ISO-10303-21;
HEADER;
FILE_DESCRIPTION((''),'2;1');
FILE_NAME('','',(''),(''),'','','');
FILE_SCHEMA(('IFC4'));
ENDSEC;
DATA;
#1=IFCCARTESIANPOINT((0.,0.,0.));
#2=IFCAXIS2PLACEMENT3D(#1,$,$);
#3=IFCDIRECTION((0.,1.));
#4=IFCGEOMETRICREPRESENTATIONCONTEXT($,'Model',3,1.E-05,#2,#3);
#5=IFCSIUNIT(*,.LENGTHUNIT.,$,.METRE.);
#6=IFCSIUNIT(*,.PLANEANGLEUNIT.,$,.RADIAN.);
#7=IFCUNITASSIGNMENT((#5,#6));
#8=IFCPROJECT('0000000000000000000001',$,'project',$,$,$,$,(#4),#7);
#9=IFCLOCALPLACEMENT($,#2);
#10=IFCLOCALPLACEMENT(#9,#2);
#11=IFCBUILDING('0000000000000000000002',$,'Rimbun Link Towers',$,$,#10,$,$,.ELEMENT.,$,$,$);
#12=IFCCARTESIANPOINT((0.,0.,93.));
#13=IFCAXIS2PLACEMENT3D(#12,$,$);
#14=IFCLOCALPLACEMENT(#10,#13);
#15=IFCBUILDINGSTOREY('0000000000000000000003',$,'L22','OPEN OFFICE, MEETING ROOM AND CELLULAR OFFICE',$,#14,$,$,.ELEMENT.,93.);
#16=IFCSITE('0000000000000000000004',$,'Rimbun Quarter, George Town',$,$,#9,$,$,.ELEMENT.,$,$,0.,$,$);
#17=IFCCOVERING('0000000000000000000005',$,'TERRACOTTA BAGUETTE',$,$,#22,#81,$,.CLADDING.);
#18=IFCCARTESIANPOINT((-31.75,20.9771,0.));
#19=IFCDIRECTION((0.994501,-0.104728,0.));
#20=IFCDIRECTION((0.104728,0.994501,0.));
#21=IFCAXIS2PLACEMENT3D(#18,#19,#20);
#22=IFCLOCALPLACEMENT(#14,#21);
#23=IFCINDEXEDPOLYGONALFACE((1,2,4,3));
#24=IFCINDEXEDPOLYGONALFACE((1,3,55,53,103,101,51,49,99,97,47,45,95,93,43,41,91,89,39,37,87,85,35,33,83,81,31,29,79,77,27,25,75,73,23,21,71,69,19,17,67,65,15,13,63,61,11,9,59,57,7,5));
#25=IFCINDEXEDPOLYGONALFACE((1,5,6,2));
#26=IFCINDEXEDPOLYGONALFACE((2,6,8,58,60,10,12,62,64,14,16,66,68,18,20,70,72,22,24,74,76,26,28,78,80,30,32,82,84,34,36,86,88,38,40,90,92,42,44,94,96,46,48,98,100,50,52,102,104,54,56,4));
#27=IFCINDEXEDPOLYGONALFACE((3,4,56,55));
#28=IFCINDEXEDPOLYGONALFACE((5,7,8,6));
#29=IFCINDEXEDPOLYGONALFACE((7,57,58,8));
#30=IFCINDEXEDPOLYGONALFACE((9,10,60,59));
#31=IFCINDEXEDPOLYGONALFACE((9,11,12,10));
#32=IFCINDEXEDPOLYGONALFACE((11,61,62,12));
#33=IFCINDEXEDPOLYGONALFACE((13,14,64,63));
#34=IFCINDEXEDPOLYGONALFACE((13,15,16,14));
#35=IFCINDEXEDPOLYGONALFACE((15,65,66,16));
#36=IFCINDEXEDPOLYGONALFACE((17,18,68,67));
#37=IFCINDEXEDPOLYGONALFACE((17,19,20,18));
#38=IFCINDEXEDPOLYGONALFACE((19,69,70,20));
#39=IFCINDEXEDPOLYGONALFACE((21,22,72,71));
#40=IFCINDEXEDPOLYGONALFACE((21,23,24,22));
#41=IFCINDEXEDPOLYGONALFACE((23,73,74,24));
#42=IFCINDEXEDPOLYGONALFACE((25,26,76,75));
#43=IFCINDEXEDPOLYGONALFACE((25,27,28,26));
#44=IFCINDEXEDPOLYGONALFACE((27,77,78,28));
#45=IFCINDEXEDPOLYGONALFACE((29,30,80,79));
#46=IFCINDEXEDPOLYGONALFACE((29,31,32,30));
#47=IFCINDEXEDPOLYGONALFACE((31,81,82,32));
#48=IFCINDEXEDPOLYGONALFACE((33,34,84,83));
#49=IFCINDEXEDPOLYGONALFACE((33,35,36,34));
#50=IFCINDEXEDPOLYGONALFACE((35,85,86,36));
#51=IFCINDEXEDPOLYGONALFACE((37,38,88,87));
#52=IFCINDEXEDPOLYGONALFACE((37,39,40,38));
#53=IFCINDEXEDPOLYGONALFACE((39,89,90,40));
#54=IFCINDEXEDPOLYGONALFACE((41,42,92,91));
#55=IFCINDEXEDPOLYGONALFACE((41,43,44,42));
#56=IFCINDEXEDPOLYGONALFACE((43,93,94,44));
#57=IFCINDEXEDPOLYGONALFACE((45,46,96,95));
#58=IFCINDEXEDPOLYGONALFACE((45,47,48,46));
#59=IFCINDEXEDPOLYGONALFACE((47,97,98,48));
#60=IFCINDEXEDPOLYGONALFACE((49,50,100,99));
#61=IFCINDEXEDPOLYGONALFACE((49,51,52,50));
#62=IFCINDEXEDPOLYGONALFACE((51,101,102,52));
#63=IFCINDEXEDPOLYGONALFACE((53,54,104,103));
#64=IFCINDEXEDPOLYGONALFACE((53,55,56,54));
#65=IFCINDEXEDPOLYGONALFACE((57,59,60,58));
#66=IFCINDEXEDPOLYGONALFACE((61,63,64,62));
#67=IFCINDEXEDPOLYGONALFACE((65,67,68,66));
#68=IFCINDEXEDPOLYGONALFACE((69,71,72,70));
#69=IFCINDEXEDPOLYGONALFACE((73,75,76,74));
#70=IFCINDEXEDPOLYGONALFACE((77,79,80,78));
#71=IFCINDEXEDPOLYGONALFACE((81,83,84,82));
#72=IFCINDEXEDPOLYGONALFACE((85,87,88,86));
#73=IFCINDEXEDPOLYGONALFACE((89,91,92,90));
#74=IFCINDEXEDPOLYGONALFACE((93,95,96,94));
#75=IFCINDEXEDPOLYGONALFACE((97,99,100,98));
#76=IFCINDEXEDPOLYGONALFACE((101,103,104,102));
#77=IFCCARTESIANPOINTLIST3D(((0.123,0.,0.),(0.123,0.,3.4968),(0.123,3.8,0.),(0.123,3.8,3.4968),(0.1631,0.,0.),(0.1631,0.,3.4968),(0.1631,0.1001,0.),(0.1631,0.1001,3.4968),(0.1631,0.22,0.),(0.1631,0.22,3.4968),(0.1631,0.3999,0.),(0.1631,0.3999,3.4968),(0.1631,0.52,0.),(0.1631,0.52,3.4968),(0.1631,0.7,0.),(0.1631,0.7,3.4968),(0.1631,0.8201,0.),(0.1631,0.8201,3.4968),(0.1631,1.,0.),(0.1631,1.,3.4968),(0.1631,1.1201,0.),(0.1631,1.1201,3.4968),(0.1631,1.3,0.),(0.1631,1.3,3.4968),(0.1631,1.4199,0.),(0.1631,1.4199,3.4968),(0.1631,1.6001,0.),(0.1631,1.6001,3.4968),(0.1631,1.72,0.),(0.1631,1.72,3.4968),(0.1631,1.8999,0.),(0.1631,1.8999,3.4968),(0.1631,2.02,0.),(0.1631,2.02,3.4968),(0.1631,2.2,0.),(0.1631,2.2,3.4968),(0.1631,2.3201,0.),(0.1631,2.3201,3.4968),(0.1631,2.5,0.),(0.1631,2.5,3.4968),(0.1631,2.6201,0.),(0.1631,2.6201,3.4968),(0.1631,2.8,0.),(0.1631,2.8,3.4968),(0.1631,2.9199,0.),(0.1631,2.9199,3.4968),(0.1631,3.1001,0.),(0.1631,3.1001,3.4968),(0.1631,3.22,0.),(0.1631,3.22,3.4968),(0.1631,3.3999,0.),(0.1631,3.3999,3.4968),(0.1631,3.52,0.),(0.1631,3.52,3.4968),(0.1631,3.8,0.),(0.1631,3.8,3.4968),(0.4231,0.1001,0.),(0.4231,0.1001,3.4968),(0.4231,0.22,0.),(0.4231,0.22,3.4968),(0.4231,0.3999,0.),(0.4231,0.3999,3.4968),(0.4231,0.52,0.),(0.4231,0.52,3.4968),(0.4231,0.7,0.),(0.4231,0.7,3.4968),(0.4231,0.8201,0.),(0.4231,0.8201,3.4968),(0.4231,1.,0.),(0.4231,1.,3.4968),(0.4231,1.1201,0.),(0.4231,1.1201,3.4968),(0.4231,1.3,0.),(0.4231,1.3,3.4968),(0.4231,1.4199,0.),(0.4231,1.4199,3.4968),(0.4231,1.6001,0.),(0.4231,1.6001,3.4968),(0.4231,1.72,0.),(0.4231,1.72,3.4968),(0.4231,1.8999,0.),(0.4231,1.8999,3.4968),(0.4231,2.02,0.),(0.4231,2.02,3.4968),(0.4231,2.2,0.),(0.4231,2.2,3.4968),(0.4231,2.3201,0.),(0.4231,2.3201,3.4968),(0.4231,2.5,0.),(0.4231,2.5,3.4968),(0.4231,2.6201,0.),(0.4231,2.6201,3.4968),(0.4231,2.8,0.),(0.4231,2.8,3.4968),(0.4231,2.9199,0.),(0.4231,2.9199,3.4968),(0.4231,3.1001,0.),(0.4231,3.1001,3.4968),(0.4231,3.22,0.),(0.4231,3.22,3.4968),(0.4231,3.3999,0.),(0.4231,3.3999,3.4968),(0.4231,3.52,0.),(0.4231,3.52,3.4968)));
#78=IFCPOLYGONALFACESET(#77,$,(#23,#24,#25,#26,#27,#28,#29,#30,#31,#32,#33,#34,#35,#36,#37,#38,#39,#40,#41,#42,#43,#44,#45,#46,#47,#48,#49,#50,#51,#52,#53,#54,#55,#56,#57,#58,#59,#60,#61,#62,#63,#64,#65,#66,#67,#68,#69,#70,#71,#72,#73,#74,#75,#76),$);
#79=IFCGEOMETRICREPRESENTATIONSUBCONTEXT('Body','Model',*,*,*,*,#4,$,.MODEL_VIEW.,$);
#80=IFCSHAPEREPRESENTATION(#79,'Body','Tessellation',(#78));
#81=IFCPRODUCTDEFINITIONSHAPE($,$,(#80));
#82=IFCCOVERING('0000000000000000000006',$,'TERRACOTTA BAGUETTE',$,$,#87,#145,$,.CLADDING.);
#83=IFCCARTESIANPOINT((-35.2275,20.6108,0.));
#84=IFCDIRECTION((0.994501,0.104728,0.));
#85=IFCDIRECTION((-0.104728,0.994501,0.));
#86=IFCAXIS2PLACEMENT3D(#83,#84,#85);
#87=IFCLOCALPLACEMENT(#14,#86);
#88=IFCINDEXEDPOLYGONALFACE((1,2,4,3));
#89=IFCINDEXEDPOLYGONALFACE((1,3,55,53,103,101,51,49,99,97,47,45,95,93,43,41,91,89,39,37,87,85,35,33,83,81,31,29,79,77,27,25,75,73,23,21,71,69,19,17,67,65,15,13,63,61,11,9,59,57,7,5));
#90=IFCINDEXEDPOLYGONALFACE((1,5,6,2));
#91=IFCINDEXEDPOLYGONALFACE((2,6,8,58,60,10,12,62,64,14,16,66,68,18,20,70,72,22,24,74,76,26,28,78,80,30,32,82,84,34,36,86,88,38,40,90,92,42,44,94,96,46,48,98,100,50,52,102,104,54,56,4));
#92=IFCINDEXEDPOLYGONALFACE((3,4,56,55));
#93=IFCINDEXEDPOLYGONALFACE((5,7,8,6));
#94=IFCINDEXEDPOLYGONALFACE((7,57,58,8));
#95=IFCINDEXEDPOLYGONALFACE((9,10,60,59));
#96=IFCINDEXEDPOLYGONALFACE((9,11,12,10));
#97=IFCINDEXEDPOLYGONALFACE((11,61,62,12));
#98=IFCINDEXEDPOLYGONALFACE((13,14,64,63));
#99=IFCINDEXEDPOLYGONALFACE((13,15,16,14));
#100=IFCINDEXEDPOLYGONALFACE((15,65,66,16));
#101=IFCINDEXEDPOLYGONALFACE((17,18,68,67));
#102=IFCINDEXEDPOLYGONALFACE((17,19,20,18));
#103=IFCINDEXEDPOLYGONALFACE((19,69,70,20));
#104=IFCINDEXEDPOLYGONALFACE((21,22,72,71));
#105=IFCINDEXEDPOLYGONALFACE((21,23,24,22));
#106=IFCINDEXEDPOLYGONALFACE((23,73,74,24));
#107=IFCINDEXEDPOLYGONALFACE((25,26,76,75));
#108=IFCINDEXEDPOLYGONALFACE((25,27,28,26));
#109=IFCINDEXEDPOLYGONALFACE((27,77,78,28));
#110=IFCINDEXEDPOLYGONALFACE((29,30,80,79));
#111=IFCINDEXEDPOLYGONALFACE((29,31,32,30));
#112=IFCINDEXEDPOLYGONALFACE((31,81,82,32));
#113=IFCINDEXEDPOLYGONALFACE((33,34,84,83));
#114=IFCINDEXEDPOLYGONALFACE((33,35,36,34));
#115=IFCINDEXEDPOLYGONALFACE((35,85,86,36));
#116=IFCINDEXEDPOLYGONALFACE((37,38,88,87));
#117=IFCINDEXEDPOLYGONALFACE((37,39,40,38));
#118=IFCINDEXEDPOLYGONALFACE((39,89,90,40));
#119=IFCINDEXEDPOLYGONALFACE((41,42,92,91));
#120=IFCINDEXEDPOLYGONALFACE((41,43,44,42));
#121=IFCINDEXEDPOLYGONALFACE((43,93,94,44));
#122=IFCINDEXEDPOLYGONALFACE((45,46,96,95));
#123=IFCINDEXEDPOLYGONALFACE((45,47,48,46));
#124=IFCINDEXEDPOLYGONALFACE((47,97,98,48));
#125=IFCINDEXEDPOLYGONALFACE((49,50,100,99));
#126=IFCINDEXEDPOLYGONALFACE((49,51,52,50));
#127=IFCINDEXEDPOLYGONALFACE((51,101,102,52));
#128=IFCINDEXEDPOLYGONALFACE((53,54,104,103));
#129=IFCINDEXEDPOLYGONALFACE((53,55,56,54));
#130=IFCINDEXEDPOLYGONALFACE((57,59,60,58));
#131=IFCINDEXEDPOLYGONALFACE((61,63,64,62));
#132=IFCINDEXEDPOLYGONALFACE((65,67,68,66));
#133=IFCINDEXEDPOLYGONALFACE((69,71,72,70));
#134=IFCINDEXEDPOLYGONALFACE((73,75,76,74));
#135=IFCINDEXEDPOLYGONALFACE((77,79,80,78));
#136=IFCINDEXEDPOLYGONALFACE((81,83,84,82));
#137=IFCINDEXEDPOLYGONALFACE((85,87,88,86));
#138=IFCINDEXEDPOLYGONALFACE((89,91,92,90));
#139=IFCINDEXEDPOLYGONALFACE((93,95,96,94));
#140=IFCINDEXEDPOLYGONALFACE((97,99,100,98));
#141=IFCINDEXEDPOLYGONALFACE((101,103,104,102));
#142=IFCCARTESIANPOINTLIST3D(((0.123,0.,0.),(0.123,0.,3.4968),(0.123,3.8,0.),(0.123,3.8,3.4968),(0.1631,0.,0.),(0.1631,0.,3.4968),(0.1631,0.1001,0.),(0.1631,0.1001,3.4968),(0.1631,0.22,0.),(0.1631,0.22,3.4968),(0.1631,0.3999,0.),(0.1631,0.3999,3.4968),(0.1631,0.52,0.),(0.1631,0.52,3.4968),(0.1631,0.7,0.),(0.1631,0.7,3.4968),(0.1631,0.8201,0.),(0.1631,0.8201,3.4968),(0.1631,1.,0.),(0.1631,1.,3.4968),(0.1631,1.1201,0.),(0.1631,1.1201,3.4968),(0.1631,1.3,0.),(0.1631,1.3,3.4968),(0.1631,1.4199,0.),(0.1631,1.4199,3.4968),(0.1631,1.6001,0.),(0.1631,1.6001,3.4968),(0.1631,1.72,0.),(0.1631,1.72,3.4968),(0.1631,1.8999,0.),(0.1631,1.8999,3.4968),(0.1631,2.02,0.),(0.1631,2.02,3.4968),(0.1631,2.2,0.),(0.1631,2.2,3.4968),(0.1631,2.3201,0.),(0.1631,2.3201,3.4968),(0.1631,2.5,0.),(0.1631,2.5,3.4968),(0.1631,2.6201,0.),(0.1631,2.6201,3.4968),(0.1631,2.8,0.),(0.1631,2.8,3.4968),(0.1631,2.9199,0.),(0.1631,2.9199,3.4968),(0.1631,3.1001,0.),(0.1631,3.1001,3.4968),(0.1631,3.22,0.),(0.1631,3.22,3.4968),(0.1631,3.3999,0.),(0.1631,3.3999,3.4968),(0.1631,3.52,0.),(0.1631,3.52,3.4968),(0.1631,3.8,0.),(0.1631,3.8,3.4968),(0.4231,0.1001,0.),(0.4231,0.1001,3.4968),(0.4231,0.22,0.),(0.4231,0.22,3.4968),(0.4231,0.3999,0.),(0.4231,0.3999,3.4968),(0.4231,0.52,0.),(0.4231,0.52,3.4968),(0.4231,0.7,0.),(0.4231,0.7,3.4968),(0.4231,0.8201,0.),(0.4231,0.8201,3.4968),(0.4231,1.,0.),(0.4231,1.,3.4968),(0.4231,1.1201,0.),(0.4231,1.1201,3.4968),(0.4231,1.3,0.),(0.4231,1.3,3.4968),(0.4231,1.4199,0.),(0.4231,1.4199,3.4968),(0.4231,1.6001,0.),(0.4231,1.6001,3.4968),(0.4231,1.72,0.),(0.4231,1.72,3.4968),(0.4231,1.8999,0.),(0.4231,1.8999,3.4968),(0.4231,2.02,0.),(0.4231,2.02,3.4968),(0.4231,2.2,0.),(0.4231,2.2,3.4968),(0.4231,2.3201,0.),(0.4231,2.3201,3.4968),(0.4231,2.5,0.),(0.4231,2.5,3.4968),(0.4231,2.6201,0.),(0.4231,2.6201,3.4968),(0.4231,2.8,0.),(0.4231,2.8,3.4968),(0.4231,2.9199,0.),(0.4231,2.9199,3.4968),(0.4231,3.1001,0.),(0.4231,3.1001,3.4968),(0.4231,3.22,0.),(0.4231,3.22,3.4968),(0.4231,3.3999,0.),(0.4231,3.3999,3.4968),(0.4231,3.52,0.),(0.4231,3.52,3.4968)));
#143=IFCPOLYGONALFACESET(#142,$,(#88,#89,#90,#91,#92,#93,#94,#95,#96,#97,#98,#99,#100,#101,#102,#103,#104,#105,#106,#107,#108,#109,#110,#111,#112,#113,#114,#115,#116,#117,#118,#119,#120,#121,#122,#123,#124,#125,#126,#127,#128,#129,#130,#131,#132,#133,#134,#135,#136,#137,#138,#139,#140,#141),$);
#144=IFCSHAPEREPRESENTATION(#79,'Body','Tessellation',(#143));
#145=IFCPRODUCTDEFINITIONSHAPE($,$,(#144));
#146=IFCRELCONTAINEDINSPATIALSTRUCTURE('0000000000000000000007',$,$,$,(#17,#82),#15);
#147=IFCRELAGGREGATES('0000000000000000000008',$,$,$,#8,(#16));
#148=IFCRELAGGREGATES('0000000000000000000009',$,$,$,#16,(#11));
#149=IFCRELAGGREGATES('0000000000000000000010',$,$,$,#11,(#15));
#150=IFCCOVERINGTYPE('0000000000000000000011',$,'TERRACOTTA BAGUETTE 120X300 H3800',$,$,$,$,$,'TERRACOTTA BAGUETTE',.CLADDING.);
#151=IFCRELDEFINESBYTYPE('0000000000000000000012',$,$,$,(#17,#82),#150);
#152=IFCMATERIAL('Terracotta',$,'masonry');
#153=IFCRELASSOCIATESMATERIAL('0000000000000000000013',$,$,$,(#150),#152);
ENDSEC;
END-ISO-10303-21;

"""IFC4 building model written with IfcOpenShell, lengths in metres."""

from ifc_helpers import new_model, si_unit, direction, frame, origin, place, context, subcontext, project, spatial, polyline, outline, extrude, material, material_profile, profile_set, type_object, element, save


model = new_model("IFC4")

# Units and contexts
model_context = context("Model", 3, precision=1e-05, world=origin(), true_north=direction((0.0, 1.0)))
body_context = subcontext(model_context, "Body", "Model", "MODEL_VIEW")
ifc_project = project(units=[si_unit("LENGTHUNIT", "METRE"), si_unit("PLANEANGLEUNIT", "RADIAN")], contexts=[model_context])

# Site, building, storey
site_placement = place(None, origin())
site = spatial("IfcSite", under=ifc_project, at=site_placement, Name="Rimbun Quarter, George Town", CompositionType="ELEMENT", RefElevation=0.0)
building_placement = place(site_placement, origin())
building = spatial("IfcBuilding", under=site, at=building_placement, Name="Rimbun Link Towers", CompositionType="ELEMENT")
storey_placement = place(building_placement, frame((0.0, 0.0, 93.0)))
storey = spatial("IfcBuildingStorey", under=building, at=storey_placement, Name="L22", Description="OPEN OFFICE, MEETING ROOM AND CELLULAR OFFICE", CompositionType="ELEMENT", Elevation=93.0)

# Coverings
ifc_material_1 = material(Name="Terracotta", Category="masonry")
ifc_material_profile_1 = material_profile(ifc_material_1, outline(polyline([(0.123, 0.0), (0.1631, 0.0), (0.1631, 0.1001), (0.4231, 0.1001), (0.4231, 0.22), (0.1631, 0.22), (0.1631, 0.3999), (0.4231, 0.3999), (0.4231, 0.52), (0.1631, 0.52), (0.1631, 0.7), (0.4231, 0.7), (0.4231, 0.8201), (0.1631, 0.8201), (0.1631, 1.0), (0.4231, 1.0), (0.4231, 1.1201), (0.1631, 1.1201), (0.1631, 1.3), (0.4231, 1.3), (0.4231, 1.4199), (0.1631, 1.4199), (0.1631, 1.6001), (0.4231, 1.6001), (0.4231, 1.72), (0.1631, 1.72), (0.1631, 1.8999), (0.4231, 1.8999), (0.4231, 2.02), (0.1631, 2.02), (0.1631, 2.2), (0.4231, 2.2), (0.4231, 2.3201), (0.1631, 2.3201), (0.1631, 2.5), (0.4231, 2.5), (0.4231, 2.6201), (0.1631, 2.6201), (0.1631, 2.8), (0.4231, 2.8), (0.4231, 2.9199), (0.1631, 2.9199), (0.1631, 3.1001), (0.4231, 3.1001), (0.4231, 3.22), (0.1631, 3.22), (0.1631, 3.3999), (0.4231, 3.3999), (0.4231, 3.52), (0.1631, 3.52), (0.1631, 3.8), (0.123, 3.8), (0.123, 0.0)])), Name="BAGUETTE 120X300")
ifc_profile_set_1 = profile_set([ifc_material_profile_1], Name="Terracotta")
covering_type = type_object("IfcCoveringType", Name="TERRACOTTA BAGUETTE 120X300 H3800", ElementType="TERRACOTTA BAGUETTE", PredefinedType="CLADDING", material=ifc_profile_set_1)
for number, where, z_axis, x_axis, name in (
    (1, (-31.75, 20.9771, 0.0), (0.994501, -0.104728, 0.0), (0.104728, 0.994501, 0.0), "TERRACOTTA BAGUETTE"),
    (2, (-35.2275, 20.6108, 0.0), (0.994501, 0.104728, 0.0), (-0.104728, 0.994501, 0.0), "TERRACOTTA BAGUETTE"),
):
    element("IfcCovering", number, at=place(storey_placement, frame(where, z_axis=z_axis, x_axis=x_axis)), inside=storey, type_object=covering_type, Name=name, PredefinedType="CLADDING", context=body_context, shape_type="SweptSolid", body=[
        extrude(outline(polyline([(0.123, 0.0), (0.1631, 0.0), (0.1631, 0.1001), (0.4231, 0.1001), (0.4231, 0.22), (0.1631, 0.22), (0.1631, 0.3999), (0.4231, 0.3999), (0.4231, 0.52), (0.1631, 0.52), (0.1631, 0.7), (0.4231, 0.7), (0.4231, 0.8201), (0.1631, 0.8201), (0.1631, 1.0), (0.4231, 1.0), (0.4231, 1.1201), (0.1631, 1.1201), (0.1631, 1.3), (0.4231, 1.3), (0.4231, 1.4199), (0.1631, 1.4199), (0.1631, 1.6001), (0.4231, 1.6001), (0.4231, 1.72), (0.1631, 1.72), (0.1631, 1.8999), (0.4231, 1.8999), (0.4231, 2.02), (0.1631, 2.02), (0.1631, 2.2), (0.4231, 2.2), (0.4231, 2.3201), (0.1631, 2.3201), (0.1631, 2.5), (0.4231, 2.5), (0.4231, 2.6201), (0.1631, 2.6201), (0.1631, 2.8), (0.4231, 2.8), (0.4231, 2.9199), (0.1631, 2.9199), (0.1631, 3.1001), (0.4231, 3.1001), (0.4231, 3.22), (0.1631, 3.22), (0.1631, 3.3999), (0.4231, 3.3999), (0.4231, 3.52), (0.1631, 3.52), (0.1631, 3.8), (0.123, 3.8), (0.123, 0.0)])), origin(), (0.0, 0.0, 1.0), 3.4968),
    ])

save(model, "model.ifc")
